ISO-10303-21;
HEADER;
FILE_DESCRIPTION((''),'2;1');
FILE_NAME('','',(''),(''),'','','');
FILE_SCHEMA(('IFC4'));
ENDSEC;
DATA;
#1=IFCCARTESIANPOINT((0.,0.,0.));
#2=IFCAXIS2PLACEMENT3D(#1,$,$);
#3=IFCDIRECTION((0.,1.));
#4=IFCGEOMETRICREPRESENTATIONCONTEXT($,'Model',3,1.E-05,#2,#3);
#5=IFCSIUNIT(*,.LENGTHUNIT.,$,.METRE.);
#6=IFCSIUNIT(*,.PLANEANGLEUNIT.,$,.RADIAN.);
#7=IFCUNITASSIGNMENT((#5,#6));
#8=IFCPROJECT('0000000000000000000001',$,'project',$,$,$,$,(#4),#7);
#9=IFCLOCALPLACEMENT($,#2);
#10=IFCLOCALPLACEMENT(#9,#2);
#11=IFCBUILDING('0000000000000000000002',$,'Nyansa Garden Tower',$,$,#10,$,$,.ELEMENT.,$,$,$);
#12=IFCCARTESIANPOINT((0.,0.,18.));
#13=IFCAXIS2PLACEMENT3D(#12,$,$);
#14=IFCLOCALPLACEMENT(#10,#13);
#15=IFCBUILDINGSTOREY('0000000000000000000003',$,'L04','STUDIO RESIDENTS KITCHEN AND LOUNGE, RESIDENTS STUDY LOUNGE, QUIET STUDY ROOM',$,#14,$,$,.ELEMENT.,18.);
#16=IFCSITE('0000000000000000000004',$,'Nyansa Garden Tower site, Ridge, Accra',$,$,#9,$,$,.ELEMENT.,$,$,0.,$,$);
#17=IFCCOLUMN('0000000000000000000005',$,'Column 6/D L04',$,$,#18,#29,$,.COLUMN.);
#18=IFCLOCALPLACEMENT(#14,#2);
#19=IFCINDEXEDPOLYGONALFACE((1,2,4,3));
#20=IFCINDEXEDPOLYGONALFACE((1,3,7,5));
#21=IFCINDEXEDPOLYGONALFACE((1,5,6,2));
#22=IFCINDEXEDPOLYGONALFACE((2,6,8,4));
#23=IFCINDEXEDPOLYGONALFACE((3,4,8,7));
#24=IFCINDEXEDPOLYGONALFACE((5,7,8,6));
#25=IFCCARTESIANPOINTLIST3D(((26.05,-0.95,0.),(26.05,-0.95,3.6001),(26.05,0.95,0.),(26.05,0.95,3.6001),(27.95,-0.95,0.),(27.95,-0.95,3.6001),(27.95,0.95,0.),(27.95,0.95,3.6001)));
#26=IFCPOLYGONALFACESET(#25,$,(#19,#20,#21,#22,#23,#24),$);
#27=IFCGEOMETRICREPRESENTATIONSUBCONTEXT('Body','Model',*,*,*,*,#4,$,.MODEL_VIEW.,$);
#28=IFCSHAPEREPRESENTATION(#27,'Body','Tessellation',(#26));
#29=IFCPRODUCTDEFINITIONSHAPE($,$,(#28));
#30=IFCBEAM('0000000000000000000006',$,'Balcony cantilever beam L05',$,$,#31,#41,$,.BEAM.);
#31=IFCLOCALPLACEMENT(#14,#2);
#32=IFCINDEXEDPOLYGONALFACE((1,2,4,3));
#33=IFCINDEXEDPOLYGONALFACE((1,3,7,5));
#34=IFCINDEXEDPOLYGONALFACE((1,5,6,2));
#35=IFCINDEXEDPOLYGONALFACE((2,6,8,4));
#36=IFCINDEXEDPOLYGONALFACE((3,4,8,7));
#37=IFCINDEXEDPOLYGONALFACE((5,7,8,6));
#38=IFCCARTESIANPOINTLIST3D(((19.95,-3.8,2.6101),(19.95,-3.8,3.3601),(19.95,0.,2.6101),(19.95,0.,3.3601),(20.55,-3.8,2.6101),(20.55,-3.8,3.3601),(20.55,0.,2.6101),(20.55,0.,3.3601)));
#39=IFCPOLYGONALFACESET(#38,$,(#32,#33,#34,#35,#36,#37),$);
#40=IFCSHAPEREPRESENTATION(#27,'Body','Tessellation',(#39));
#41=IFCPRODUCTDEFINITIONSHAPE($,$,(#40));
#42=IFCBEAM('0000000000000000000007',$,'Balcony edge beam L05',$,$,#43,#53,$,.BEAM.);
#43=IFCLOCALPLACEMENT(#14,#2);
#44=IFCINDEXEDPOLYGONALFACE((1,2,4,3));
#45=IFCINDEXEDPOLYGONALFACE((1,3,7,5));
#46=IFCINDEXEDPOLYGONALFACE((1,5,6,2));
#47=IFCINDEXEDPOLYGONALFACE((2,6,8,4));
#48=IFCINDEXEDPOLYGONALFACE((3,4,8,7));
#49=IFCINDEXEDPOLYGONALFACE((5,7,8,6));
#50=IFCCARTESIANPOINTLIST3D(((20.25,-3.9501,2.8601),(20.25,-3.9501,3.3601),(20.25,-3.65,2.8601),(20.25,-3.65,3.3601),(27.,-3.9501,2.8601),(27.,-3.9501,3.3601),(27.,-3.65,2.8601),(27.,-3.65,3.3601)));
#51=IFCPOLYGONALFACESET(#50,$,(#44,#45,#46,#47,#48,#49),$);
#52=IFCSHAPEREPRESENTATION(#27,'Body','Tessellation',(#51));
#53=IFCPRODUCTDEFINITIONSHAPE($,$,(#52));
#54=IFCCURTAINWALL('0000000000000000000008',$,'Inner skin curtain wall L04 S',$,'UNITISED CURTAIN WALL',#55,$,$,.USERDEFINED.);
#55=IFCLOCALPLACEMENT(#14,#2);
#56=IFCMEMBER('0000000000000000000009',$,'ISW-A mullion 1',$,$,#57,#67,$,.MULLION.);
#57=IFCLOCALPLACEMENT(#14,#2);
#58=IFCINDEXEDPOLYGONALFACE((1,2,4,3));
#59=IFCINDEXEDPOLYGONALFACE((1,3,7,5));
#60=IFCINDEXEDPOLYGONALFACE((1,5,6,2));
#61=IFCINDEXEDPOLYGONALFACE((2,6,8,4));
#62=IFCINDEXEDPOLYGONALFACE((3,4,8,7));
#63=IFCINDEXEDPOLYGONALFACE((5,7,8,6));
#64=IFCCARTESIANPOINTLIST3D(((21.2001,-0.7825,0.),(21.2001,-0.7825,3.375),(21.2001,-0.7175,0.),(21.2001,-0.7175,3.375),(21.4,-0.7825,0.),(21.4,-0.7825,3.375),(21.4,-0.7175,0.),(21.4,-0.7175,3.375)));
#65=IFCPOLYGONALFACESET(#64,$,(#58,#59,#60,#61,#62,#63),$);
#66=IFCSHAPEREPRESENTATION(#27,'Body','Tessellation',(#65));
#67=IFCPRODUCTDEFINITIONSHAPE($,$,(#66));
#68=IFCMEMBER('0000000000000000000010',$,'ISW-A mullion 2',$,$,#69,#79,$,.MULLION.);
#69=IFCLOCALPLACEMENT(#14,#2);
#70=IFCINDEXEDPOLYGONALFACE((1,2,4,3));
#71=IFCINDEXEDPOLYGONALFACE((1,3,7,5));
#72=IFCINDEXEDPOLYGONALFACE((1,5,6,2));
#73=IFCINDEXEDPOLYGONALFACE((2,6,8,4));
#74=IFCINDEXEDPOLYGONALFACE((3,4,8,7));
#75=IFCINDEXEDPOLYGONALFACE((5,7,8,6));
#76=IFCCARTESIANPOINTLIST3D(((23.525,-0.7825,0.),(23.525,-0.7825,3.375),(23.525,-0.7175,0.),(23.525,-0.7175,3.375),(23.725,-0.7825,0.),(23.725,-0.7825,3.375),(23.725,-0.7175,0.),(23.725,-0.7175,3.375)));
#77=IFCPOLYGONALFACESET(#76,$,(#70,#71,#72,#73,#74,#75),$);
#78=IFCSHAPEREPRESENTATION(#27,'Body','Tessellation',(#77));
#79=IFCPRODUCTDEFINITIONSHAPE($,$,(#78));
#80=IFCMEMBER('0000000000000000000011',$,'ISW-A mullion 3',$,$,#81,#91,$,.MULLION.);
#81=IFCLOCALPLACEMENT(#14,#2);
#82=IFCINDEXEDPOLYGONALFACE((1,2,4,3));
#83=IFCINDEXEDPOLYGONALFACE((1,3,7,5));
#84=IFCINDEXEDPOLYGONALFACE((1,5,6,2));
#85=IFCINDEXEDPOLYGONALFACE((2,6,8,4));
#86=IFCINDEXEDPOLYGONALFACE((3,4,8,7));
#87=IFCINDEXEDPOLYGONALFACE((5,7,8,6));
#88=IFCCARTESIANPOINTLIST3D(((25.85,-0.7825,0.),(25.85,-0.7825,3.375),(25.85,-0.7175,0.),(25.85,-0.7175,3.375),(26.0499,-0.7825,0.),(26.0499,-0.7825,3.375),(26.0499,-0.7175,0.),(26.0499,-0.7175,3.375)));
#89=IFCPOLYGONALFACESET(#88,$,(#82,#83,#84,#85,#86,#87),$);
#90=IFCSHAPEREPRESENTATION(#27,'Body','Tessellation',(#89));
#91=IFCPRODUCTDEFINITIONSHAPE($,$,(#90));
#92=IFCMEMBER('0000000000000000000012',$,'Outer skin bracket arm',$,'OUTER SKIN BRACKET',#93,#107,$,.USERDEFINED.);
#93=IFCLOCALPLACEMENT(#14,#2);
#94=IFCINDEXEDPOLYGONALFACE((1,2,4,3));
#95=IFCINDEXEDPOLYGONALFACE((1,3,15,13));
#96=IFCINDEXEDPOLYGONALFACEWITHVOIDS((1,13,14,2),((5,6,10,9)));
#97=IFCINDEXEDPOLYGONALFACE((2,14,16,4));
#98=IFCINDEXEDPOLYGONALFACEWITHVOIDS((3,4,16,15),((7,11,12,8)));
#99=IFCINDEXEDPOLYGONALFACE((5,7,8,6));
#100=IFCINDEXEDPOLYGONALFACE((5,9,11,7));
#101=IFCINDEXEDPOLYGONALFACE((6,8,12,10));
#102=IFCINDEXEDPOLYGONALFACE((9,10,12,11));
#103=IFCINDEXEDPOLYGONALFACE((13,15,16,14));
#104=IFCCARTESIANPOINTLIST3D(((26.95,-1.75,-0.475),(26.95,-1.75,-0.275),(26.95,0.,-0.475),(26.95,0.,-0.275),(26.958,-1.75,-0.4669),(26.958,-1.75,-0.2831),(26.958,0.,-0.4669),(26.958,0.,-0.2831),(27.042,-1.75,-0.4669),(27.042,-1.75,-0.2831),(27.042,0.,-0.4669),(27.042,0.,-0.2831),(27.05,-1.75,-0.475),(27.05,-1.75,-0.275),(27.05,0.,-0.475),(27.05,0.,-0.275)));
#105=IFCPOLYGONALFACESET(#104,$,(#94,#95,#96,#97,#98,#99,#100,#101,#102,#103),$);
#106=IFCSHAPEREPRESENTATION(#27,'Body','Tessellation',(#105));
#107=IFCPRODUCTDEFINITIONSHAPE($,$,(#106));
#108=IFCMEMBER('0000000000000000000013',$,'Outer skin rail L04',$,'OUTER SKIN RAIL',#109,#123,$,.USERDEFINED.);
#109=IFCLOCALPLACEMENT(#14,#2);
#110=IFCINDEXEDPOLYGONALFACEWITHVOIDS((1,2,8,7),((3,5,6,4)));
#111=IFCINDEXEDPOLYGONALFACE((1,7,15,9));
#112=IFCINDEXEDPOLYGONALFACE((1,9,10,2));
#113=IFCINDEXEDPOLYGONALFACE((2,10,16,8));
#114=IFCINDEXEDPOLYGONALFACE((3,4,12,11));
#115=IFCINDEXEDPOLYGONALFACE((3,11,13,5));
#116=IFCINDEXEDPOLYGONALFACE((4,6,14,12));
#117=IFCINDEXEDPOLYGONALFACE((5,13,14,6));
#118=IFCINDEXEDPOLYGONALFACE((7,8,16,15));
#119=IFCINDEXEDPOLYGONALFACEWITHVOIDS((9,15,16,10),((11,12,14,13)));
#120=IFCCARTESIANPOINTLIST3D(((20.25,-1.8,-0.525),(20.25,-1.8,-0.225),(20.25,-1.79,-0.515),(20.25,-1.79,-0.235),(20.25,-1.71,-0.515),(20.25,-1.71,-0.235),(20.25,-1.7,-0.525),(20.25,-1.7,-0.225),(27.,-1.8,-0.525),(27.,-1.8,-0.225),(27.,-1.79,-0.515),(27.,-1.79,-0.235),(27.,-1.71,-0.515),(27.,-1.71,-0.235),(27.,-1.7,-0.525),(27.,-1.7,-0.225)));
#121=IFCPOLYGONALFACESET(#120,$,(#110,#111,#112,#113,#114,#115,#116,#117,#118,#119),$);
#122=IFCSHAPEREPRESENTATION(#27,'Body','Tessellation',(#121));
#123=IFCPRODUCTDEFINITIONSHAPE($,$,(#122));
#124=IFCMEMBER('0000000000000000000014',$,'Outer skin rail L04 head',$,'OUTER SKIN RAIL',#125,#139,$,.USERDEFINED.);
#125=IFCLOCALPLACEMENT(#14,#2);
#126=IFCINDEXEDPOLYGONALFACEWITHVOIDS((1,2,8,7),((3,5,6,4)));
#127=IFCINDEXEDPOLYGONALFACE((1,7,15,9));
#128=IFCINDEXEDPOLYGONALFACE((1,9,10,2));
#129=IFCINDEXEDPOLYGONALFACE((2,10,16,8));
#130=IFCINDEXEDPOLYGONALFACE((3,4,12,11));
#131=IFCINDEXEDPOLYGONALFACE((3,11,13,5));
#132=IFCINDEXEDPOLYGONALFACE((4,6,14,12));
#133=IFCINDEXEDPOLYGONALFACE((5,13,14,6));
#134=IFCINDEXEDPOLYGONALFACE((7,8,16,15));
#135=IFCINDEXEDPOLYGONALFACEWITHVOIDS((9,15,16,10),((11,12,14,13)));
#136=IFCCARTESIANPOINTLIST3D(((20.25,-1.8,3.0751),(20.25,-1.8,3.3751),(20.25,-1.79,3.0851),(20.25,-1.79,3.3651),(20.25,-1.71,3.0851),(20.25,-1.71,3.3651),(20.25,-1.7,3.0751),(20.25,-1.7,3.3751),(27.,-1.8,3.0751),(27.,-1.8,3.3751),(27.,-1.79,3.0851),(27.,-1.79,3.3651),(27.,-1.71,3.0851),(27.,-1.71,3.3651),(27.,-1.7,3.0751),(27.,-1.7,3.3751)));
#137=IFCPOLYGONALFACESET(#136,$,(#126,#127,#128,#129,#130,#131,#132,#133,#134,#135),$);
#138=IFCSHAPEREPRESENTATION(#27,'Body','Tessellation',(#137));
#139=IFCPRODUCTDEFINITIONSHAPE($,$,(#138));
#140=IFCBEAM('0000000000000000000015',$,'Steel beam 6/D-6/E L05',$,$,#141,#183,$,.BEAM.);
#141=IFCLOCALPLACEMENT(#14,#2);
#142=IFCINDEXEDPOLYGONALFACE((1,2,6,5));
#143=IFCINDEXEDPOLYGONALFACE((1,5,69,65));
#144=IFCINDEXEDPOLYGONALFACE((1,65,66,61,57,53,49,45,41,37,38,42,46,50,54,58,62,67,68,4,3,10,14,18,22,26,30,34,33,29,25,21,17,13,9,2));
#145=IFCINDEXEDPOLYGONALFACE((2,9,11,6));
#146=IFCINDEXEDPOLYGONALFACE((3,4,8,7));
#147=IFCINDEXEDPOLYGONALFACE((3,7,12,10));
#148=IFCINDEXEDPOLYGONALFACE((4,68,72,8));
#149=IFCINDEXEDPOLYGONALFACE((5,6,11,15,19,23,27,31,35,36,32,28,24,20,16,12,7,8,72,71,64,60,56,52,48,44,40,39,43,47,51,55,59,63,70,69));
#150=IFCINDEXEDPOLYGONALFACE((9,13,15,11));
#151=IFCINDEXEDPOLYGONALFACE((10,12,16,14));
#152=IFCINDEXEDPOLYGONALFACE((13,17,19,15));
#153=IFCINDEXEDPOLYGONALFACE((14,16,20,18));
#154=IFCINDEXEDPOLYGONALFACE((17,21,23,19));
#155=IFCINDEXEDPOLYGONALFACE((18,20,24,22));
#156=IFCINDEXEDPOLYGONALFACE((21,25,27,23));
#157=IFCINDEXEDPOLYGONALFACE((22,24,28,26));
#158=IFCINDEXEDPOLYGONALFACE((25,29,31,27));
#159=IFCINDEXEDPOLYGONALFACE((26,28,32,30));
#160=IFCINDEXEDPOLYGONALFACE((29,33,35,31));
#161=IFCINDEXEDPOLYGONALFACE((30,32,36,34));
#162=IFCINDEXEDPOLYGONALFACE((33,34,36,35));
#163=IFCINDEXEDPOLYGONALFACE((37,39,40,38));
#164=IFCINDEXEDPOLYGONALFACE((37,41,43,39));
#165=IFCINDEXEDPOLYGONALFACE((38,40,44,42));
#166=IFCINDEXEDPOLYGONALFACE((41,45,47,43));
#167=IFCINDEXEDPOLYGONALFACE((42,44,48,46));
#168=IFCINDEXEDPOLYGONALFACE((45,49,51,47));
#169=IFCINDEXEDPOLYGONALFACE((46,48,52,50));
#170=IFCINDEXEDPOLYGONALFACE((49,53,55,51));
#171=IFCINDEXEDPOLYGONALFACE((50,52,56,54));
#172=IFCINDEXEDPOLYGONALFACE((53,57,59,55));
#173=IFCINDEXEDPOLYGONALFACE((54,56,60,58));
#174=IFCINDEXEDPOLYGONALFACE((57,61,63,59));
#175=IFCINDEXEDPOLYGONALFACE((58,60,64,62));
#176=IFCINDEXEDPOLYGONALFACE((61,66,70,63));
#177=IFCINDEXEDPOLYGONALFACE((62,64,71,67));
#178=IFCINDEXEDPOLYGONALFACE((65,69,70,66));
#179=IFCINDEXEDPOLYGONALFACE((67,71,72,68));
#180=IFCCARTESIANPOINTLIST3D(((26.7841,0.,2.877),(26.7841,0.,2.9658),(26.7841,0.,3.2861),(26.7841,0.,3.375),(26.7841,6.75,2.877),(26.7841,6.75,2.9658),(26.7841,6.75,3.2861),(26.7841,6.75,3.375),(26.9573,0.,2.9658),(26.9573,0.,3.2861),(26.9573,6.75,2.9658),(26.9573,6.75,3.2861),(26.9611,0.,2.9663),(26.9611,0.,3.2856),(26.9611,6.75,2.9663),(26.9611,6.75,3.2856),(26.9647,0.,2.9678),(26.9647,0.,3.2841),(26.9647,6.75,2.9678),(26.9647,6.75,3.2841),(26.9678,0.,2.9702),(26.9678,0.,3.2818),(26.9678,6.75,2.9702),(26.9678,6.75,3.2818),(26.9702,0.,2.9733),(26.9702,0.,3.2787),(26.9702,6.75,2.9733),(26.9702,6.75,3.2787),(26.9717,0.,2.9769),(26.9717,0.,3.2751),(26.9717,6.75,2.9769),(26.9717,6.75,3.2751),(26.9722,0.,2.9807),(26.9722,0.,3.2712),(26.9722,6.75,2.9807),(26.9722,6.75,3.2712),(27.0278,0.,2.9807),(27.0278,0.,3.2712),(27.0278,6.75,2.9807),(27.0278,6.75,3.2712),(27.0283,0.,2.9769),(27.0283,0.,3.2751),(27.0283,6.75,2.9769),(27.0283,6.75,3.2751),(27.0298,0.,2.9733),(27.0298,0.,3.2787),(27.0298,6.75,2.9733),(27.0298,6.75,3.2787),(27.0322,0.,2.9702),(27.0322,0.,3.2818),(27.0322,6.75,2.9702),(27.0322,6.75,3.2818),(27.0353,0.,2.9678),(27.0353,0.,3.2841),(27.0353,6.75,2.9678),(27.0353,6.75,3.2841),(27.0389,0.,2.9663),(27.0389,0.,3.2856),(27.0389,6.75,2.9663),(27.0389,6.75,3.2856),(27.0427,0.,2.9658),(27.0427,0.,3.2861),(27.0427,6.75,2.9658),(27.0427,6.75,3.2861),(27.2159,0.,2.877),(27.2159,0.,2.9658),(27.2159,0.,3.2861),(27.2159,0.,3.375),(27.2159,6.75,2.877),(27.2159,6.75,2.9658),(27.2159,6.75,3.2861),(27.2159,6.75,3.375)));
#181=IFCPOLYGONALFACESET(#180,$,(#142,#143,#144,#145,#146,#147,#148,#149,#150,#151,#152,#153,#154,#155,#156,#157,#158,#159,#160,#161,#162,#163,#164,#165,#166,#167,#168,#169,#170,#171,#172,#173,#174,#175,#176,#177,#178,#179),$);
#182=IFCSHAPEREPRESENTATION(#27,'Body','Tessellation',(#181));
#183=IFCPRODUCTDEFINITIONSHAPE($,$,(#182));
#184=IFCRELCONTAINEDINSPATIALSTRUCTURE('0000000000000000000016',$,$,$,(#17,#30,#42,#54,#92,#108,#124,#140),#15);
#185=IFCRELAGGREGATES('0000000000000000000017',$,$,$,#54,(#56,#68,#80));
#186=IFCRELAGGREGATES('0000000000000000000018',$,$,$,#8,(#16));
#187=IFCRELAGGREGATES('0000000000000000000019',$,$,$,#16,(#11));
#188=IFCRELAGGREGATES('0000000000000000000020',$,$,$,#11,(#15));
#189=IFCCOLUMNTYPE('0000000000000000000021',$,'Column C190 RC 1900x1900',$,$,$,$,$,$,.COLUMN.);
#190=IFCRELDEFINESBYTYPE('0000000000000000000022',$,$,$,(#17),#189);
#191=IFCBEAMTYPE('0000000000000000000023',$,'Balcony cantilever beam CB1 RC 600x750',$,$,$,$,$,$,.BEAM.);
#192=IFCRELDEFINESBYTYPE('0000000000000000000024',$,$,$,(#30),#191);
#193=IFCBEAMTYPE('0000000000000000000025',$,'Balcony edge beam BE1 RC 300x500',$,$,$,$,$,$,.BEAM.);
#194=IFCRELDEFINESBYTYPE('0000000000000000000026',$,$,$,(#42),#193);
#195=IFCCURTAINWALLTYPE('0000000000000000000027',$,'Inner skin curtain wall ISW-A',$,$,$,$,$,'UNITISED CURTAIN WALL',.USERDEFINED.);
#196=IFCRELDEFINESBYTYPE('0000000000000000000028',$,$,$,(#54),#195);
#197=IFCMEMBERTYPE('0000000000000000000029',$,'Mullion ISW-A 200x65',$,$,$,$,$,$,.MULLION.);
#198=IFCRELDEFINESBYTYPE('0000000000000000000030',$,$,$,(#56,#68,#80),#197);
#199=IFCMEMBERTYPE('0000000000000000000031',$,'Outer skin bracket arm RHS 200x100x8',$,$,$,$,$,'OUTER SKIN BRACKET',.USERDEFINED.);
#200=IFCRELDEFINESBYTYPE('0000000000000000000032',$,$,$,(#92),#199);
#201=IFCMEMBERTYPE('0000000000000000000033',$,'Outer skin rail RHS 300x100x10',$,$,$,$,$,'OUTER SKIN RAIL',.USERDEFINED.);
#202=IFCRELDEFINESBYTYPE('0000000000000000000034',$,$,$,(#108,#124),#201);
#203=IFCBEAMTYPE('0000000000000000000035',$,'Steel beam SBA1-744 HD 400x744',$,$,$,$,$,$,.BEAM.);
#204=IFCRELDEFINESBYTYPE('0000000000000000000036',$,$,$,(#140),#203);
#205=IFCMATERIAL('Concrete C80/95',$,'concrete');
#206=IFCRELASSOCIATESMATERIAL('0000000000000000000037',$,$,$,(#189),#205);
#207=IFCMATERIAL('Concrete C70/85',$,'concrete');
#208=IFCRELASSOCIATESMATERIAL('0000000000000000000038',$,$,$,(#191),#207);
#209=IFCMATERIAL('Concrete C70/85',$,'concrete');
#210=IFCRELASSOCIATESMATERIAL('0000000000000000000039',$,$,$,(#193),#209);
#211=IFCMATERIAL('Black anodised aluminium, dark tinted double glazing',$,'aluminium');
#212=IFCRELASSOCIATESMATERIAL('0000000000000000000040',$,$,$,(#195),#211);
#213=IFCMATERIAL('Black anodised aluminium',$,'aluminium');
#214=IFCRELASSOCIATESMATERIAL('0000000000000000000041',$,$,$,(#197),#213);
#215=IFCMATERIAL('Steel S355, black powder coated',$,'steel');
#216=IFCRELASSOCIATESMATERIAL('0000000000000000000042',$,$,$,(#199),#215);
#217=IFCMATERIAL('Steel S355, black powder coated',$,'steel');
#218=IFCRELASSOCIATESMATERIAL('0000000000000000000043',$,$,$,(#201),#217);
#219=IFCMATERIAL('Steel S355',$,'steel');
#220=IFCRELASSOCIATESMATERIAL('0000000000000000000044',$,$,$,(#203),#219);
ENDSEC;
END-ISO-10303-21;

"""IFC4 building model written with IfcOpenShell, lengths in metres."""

from ifc_helpers import new_model, si_unit, direction, frame, origin, origin_2d, place, context, subcontext, project, spatial, rectangle, hollow_rectangle, i_section, extrude, material, material_profile, profile_set, type_object, element, aggregate, save


model = new_model("IFC4")

# Units and contexts
model_context = context("Model", 3, precision=1e-05, world=origin(), true_north=direction((0.0, 1.0)))
body_context = subcontext(model_context, "Body", "Model", "MODEL_VIEW")
ifc_project = project(units=[si_unit("LENGTHUNIT", "METRE"), si_unit("PLANEANGLEUNIT", "RADIAN")], contexts=[model_context])

# Site, building, storey
site_placement = place(None, origin())
site = spatial("IfcSite", under=ifc_project, at=site_placement, Name="Nyansa Garden Tower site, Ridge, Accra", CompositionType="ELEMENT", RefElevation=0.0)
building_placement = place(site_placement, origin())
building = spatial("IfcBuilding", under=site, at=building_placement, Name="Nyansa Garden Tower", CompositionType="ELEMENT")
storey_placement = place(building_placement, frame((0.0, 0.0, 18.0)))
storey = spatial("IfcBuildingStorey", under=building, at=storey_placement, Name="L04", Description="STUDIO RESIDENTS KITCHEN AND LOUNGE, RESIDENTS STUDY LOUNGE, QUIET STUDY ROOM", CompositionType="ELEMENT", Elevation=18.0)

# Column
ifc_material_1 = material(Name="Concrete C80/95", Category="concrete")
ifc_material_profile_1 = material_profile(ifc_material_1, rectangle(XDim=1.8999, YDim=1.8999, at=origin_2d()), Name="RC 1900x1900")
ifc_profile_set_1 = profile_set([ifc_material_profile_1], Name="Concrete C80/95")
column_type = type_object("IfcColumnType", Name="Column C190 RC 1900x1900", PredefinedType="COLUMN", material=ifc_profile_set_1)
column_placement = place(storey_placement, frame((27.0, 0.0, 0.0), z_axis=(0.0, 0.0, 1.0), x_axis=(1.0, 0.0, 0.0)))
element("IfcColumn", 1, at=column_placement, inside=storey, type_object=column_type, Name="Column 6/D L04", PredefinedType="COLUMN", context=body_context, shape_type="SweptSolid", body=[
    extrude(rectangle(XDim=1.8999, YDim=1.8999, at=origin_2d()), origin(), (0.0, 0.0, 1.0), 3.6001),
])

# Beams
ifc_material_2 = material(Name="Concrete C70/85", Category="concrete")
ifc_material_profile_2 = material_profile(ifc_material_2, rectangle(XDim=0.6001, YDim=0.75, at=origin_2d()), Name="RC 600x750")
ifc_profile_set_2 = profile_set([ifc_material_profile_2], Name="Concrete C70/85")
beam_type_1 = type_object("IfcBeamType", Name="Balcony cantilever beam CB1 RC 600x750", PredefinedType="BEAM", material=ifc_profile_set_2)
beam_1_placement = place(storey_placement, frame((20.25, 0.0, 2.9851), z_axis=(0.0, -1.0, 0.0), x_axis=(1.0, 0.0, 0.0)))
element("IfcBeam", 2, at=beam_1_placement, inside=storey, type_object=beam_type_1, Name="Balcony cantilever beam L05", PredefinedType="BEAM", context=body_context, shape_type="SweptSolid", body=[
    extrude(rectangle(XDim=0.6001, YDim=0.75, at=origin_2d()), origin(), (0.0, 0.0, 1.0), 3.8),
])
ifc_material_3 = material(Name="Concrete C70/85", Category="concrete")
ifc_material_profile_3 = material_profile(ifc_material_3, rectangle(XDim=0.3, YDim=0.5, at=origin_2d()), Name="RC 300x500")
ifc_profile_set_3 = profile_set([ifc_material_profile_3], Name="Concrete C70/85")
beam_type_2 = type_object("IfcBeamType", Name="Balcony edge beam BE1 RC 300x500", PredefinedType="BEAM", material=ifc_profile_set_3)
beam_2_placement = place(storey_placement, frame((20.25, -3.8, 3.1101), z_axis=(1.0, 0.0, 0.0), x_axis=(0.0, 1.0, 0.0)))
element("IfcBeam", 3, at=beam_2_placement, inside=storey, type_object=beam_type_2, Name="Balcony edge beam L05", PredefinedType="BEAM", context=body_context, shape_type="SweptSolid", body=[
    extrude(rectangle(XDim=0.3, YDim=0.5, at=origin_2d()), origin(), (0.0, 0.0, 1.0), 6.75),
])

# Curtain wall, members
ifc_material_4 = material(Name="Black anodised aluminium, dark tinted double glazing", Category="aluminium")
curtain_wall_type = type_object("IfcCurtainWallType", Name="Inner skin curtain wall ISW-A", ElementType="UNITISED CURTAIN WALL", PredefinedType="USERDEFINED", material=ifc_material_4)
curtain_wall_placement = place(storey_placement, origin())
curtain_wall = element("IfcCurtainWall", 4, at=curtain_wall_placement, inside=storey, type_object=curtain_wall_type, Name="Inner skin curtain wall L04 S", ObjectType="UNITISED CURTAIN WALL", PredefinedType="USERDEFINED")
ifc_material_5 = material(Name="Black anodised aluminium", Category="aluminium")
ifc_material_profile_4 = material_profile(ifc_material_5, rectangle(XDim=0.0649, YDim=0.2, at=origin_2d()), Name="Mullion 200x65")
ifc_profile_set_4 = profile_set([ifc_material_profile_4], Name="Black anodised aluminium")
member_type_1 = type_object("IfcMemberType", Name="Mullion ISW-A 200x65", PredefinedType="MULLION", material=ifc_profile_set_4)
member_1_placement = place(storey_placement, frame((21.3, -0.75, 0.0), z_axis=(0.0, 0.0, 1.0), x_axis=(0.0, 1.0, 0.0)))
member_1 = element("IfcMember", 5, at=member_1_placement, type_object=member_type_1, Name="ISW-A mullion 1", PredefinedType="MULLION", context=body_context, shape_type="SweptSolid", body=[
    extrude(rectangle(XDim=0.0649, YDim=0.2, at=origin_2d()), origin(), (0.0, 0.0, 1.0), 3.375),
])
member_2_placement = place(storey_placement, frame((23.625, -0.75, 0.0), z_axis=(0.0, 0.0, 1.0), x_axis=(0.0, 1.0, 0.0)))
member_2 = element("IfcMember", 6, at=member_2_placement, type_object=member_type_1, Name="ISW-A mullion 2", PredefinedType="MULLION", context=body_context, shape_type="SweptSolid", body=[
    extrude(rectangle(XDim=0.0649, YDim=0.2, at=origin_2d()), origin(), (0.0, 0.0, 1.0), 3.375),
])
member_3_placement = place(storey_placement, frame((25.95, -0.75, 0.0), z_axis=(0.0, 0.0, 1.0), x_axis=(0.0, 1.0, 0.0)))
member_3 = element("IfcMember", 7, at=member_3_placement, type_object=member_type_1, Name="ISW-A mullion 3", PredefinedType="MULLION", context=body_context, shape_type="SweptSolid", body=[
    extrude(rectangle(XDim=0.0649, YDim=0.2, at=origin_2d()), origin(), (0.0, 0.0, 1.0), 3.375),
])

# Members
ifc_material_6 = material(Name="Steel S355, black powder coated", Category="steel")
ifc_material_profile_5 = material_profile(ifc_material_6, hollow_rectangle(XDim=0.1001, YDim=0.2, WallThickness=0.0081, at=origin_2d()), Name="RHS 200x100x8")
ifc_profile_set_5 = profile_set([ifc_material_profile_5], Name="Steel S355, black powder coated")
member_type_2 = type_object("IfcMemberType", Name="Outer skin bracket arm RHS 200x100x8", ElementType="OUTER SKIN BRACKET", PredefinedType="USERDEFINED", material=ifc_profile_set_5)
member_4_placement = place(storey_placement, frame((27.0, 0.0, -0.375), z_axis=(0.0, -1.0, 0.0), x_axis=(1.0, 0.0, 0.0)))
element("IfcMember", 8, at=member_4_placement, inside=storey, type_object=member_type_2, Name="Outer skin bracket arm", ObjectType="OUTER SKIN BRACKET", PredefinedType="USERDEFINED", context=body_context, shape_type="SweptSolid", body=[
    extrude(hollow_rectangle(XDim=0.1001, YDim=0.2, WallThickness=0.0081, at=origin_2d()), origin(), (0.0, 0.0, 1.0), 1.75),
])
ifc_material_7 = material(Name="Steel S355, black powder coated", Category="steel")
ifc_material_profile_6 = material_profile(ifc_material_7, hollow_rectangle(XDim=0.1001, YDim=0.3, WallThickness=0.01, at=origin_2d()), Name="RHS 300x100x10")
ifc_profile_set_6 = profile_set([ifc_material_profile_6], Name="Steel S355, black powder coated")
member_type_3 = type_object("IfcMemberType", Name="Outer skin rail RHS 300x100x10", ElementType="OUTER SKIN RAIL", PredefinedType="USERDEFINED", material=ifc_profile_set_6)
for number, where, z_axis, x_axis, name in (
    (9, (20.25, -1.75, -0.375), (1.0, 0.0, 0.0), (0.0, 1.0, 0.0), "Outer skin rail L04"),
    (10, (20.25, -1.75, 3.2251), (1.0, 0.0, 0.0), (0.0, 1.0, 0.0), "Outer skin rail L04 head"),
):
    element("IfcMember", number, at=place(storey_placement, frame(where, z_axis=z_axis, x_axis=x_axis)), inside=storey, type_object=member_type_3, Name=name, ObjectType="OUTER SKIN RAIL", PredefinedType="USERDEFINED", context=body_context, shape_type="SweptSolid", body=[
        extrude(hollow_rectangle(XDim=0.1001, YDim=0.3, WallThickness=0.01, at=origin_2d()), origin(), (0.0, 0.0, 1.0), 6.75),
    ])

# Beam
ifc_material_8 = material(Name="Steel S355", Category="steel")
ifc_material_profile_7 = material_profile(ifc_material_8, i_section(OverallWidth=0.4319, OverallDepth=0.498, WebThickness=0.0557, FlangeThickness=0.0889, FilletRadius=0.0149, at=origin_2d()), Name="HD 400x744")
ifc_profile_set_7 = profile_set([ifc_material_profile_7], Name="Steel S355")
beam_type_3 = type_object("IfcBeamType", Name="Steel beam SBA1-744 HD 400x744", PredefinedType="BEAM", material=ifc_profile_set_7)
beam_3_placement = place(storey_placement, frame((27.0, 0.0, 3.126), z_axis=(0.0, 1.0, 0.0), x_axis=(-1.0, 0.0, 0.0)))
element("IfcBeam", 11, at=beam_3_placement, inside=storey, type_object=beam_type_3, Name="Steel beam 6/D-6/E L05", PredefinedType="BEAM", context=body_context, shape_type="SweptSolid", body=[
    extrude(i_section(OverallWidth=0.4319, OverallDepth=0.498, WebThickness=0.0557, FlangeThickness=0.0889, FilletRadius=0.0149, at=origin_2d()), origin(), (0.0, 0.0, 1.0), 6.75),
])

aggregate(curtain_wall, [member_1, member_2, member_3])

save(model, "model.ifc")
